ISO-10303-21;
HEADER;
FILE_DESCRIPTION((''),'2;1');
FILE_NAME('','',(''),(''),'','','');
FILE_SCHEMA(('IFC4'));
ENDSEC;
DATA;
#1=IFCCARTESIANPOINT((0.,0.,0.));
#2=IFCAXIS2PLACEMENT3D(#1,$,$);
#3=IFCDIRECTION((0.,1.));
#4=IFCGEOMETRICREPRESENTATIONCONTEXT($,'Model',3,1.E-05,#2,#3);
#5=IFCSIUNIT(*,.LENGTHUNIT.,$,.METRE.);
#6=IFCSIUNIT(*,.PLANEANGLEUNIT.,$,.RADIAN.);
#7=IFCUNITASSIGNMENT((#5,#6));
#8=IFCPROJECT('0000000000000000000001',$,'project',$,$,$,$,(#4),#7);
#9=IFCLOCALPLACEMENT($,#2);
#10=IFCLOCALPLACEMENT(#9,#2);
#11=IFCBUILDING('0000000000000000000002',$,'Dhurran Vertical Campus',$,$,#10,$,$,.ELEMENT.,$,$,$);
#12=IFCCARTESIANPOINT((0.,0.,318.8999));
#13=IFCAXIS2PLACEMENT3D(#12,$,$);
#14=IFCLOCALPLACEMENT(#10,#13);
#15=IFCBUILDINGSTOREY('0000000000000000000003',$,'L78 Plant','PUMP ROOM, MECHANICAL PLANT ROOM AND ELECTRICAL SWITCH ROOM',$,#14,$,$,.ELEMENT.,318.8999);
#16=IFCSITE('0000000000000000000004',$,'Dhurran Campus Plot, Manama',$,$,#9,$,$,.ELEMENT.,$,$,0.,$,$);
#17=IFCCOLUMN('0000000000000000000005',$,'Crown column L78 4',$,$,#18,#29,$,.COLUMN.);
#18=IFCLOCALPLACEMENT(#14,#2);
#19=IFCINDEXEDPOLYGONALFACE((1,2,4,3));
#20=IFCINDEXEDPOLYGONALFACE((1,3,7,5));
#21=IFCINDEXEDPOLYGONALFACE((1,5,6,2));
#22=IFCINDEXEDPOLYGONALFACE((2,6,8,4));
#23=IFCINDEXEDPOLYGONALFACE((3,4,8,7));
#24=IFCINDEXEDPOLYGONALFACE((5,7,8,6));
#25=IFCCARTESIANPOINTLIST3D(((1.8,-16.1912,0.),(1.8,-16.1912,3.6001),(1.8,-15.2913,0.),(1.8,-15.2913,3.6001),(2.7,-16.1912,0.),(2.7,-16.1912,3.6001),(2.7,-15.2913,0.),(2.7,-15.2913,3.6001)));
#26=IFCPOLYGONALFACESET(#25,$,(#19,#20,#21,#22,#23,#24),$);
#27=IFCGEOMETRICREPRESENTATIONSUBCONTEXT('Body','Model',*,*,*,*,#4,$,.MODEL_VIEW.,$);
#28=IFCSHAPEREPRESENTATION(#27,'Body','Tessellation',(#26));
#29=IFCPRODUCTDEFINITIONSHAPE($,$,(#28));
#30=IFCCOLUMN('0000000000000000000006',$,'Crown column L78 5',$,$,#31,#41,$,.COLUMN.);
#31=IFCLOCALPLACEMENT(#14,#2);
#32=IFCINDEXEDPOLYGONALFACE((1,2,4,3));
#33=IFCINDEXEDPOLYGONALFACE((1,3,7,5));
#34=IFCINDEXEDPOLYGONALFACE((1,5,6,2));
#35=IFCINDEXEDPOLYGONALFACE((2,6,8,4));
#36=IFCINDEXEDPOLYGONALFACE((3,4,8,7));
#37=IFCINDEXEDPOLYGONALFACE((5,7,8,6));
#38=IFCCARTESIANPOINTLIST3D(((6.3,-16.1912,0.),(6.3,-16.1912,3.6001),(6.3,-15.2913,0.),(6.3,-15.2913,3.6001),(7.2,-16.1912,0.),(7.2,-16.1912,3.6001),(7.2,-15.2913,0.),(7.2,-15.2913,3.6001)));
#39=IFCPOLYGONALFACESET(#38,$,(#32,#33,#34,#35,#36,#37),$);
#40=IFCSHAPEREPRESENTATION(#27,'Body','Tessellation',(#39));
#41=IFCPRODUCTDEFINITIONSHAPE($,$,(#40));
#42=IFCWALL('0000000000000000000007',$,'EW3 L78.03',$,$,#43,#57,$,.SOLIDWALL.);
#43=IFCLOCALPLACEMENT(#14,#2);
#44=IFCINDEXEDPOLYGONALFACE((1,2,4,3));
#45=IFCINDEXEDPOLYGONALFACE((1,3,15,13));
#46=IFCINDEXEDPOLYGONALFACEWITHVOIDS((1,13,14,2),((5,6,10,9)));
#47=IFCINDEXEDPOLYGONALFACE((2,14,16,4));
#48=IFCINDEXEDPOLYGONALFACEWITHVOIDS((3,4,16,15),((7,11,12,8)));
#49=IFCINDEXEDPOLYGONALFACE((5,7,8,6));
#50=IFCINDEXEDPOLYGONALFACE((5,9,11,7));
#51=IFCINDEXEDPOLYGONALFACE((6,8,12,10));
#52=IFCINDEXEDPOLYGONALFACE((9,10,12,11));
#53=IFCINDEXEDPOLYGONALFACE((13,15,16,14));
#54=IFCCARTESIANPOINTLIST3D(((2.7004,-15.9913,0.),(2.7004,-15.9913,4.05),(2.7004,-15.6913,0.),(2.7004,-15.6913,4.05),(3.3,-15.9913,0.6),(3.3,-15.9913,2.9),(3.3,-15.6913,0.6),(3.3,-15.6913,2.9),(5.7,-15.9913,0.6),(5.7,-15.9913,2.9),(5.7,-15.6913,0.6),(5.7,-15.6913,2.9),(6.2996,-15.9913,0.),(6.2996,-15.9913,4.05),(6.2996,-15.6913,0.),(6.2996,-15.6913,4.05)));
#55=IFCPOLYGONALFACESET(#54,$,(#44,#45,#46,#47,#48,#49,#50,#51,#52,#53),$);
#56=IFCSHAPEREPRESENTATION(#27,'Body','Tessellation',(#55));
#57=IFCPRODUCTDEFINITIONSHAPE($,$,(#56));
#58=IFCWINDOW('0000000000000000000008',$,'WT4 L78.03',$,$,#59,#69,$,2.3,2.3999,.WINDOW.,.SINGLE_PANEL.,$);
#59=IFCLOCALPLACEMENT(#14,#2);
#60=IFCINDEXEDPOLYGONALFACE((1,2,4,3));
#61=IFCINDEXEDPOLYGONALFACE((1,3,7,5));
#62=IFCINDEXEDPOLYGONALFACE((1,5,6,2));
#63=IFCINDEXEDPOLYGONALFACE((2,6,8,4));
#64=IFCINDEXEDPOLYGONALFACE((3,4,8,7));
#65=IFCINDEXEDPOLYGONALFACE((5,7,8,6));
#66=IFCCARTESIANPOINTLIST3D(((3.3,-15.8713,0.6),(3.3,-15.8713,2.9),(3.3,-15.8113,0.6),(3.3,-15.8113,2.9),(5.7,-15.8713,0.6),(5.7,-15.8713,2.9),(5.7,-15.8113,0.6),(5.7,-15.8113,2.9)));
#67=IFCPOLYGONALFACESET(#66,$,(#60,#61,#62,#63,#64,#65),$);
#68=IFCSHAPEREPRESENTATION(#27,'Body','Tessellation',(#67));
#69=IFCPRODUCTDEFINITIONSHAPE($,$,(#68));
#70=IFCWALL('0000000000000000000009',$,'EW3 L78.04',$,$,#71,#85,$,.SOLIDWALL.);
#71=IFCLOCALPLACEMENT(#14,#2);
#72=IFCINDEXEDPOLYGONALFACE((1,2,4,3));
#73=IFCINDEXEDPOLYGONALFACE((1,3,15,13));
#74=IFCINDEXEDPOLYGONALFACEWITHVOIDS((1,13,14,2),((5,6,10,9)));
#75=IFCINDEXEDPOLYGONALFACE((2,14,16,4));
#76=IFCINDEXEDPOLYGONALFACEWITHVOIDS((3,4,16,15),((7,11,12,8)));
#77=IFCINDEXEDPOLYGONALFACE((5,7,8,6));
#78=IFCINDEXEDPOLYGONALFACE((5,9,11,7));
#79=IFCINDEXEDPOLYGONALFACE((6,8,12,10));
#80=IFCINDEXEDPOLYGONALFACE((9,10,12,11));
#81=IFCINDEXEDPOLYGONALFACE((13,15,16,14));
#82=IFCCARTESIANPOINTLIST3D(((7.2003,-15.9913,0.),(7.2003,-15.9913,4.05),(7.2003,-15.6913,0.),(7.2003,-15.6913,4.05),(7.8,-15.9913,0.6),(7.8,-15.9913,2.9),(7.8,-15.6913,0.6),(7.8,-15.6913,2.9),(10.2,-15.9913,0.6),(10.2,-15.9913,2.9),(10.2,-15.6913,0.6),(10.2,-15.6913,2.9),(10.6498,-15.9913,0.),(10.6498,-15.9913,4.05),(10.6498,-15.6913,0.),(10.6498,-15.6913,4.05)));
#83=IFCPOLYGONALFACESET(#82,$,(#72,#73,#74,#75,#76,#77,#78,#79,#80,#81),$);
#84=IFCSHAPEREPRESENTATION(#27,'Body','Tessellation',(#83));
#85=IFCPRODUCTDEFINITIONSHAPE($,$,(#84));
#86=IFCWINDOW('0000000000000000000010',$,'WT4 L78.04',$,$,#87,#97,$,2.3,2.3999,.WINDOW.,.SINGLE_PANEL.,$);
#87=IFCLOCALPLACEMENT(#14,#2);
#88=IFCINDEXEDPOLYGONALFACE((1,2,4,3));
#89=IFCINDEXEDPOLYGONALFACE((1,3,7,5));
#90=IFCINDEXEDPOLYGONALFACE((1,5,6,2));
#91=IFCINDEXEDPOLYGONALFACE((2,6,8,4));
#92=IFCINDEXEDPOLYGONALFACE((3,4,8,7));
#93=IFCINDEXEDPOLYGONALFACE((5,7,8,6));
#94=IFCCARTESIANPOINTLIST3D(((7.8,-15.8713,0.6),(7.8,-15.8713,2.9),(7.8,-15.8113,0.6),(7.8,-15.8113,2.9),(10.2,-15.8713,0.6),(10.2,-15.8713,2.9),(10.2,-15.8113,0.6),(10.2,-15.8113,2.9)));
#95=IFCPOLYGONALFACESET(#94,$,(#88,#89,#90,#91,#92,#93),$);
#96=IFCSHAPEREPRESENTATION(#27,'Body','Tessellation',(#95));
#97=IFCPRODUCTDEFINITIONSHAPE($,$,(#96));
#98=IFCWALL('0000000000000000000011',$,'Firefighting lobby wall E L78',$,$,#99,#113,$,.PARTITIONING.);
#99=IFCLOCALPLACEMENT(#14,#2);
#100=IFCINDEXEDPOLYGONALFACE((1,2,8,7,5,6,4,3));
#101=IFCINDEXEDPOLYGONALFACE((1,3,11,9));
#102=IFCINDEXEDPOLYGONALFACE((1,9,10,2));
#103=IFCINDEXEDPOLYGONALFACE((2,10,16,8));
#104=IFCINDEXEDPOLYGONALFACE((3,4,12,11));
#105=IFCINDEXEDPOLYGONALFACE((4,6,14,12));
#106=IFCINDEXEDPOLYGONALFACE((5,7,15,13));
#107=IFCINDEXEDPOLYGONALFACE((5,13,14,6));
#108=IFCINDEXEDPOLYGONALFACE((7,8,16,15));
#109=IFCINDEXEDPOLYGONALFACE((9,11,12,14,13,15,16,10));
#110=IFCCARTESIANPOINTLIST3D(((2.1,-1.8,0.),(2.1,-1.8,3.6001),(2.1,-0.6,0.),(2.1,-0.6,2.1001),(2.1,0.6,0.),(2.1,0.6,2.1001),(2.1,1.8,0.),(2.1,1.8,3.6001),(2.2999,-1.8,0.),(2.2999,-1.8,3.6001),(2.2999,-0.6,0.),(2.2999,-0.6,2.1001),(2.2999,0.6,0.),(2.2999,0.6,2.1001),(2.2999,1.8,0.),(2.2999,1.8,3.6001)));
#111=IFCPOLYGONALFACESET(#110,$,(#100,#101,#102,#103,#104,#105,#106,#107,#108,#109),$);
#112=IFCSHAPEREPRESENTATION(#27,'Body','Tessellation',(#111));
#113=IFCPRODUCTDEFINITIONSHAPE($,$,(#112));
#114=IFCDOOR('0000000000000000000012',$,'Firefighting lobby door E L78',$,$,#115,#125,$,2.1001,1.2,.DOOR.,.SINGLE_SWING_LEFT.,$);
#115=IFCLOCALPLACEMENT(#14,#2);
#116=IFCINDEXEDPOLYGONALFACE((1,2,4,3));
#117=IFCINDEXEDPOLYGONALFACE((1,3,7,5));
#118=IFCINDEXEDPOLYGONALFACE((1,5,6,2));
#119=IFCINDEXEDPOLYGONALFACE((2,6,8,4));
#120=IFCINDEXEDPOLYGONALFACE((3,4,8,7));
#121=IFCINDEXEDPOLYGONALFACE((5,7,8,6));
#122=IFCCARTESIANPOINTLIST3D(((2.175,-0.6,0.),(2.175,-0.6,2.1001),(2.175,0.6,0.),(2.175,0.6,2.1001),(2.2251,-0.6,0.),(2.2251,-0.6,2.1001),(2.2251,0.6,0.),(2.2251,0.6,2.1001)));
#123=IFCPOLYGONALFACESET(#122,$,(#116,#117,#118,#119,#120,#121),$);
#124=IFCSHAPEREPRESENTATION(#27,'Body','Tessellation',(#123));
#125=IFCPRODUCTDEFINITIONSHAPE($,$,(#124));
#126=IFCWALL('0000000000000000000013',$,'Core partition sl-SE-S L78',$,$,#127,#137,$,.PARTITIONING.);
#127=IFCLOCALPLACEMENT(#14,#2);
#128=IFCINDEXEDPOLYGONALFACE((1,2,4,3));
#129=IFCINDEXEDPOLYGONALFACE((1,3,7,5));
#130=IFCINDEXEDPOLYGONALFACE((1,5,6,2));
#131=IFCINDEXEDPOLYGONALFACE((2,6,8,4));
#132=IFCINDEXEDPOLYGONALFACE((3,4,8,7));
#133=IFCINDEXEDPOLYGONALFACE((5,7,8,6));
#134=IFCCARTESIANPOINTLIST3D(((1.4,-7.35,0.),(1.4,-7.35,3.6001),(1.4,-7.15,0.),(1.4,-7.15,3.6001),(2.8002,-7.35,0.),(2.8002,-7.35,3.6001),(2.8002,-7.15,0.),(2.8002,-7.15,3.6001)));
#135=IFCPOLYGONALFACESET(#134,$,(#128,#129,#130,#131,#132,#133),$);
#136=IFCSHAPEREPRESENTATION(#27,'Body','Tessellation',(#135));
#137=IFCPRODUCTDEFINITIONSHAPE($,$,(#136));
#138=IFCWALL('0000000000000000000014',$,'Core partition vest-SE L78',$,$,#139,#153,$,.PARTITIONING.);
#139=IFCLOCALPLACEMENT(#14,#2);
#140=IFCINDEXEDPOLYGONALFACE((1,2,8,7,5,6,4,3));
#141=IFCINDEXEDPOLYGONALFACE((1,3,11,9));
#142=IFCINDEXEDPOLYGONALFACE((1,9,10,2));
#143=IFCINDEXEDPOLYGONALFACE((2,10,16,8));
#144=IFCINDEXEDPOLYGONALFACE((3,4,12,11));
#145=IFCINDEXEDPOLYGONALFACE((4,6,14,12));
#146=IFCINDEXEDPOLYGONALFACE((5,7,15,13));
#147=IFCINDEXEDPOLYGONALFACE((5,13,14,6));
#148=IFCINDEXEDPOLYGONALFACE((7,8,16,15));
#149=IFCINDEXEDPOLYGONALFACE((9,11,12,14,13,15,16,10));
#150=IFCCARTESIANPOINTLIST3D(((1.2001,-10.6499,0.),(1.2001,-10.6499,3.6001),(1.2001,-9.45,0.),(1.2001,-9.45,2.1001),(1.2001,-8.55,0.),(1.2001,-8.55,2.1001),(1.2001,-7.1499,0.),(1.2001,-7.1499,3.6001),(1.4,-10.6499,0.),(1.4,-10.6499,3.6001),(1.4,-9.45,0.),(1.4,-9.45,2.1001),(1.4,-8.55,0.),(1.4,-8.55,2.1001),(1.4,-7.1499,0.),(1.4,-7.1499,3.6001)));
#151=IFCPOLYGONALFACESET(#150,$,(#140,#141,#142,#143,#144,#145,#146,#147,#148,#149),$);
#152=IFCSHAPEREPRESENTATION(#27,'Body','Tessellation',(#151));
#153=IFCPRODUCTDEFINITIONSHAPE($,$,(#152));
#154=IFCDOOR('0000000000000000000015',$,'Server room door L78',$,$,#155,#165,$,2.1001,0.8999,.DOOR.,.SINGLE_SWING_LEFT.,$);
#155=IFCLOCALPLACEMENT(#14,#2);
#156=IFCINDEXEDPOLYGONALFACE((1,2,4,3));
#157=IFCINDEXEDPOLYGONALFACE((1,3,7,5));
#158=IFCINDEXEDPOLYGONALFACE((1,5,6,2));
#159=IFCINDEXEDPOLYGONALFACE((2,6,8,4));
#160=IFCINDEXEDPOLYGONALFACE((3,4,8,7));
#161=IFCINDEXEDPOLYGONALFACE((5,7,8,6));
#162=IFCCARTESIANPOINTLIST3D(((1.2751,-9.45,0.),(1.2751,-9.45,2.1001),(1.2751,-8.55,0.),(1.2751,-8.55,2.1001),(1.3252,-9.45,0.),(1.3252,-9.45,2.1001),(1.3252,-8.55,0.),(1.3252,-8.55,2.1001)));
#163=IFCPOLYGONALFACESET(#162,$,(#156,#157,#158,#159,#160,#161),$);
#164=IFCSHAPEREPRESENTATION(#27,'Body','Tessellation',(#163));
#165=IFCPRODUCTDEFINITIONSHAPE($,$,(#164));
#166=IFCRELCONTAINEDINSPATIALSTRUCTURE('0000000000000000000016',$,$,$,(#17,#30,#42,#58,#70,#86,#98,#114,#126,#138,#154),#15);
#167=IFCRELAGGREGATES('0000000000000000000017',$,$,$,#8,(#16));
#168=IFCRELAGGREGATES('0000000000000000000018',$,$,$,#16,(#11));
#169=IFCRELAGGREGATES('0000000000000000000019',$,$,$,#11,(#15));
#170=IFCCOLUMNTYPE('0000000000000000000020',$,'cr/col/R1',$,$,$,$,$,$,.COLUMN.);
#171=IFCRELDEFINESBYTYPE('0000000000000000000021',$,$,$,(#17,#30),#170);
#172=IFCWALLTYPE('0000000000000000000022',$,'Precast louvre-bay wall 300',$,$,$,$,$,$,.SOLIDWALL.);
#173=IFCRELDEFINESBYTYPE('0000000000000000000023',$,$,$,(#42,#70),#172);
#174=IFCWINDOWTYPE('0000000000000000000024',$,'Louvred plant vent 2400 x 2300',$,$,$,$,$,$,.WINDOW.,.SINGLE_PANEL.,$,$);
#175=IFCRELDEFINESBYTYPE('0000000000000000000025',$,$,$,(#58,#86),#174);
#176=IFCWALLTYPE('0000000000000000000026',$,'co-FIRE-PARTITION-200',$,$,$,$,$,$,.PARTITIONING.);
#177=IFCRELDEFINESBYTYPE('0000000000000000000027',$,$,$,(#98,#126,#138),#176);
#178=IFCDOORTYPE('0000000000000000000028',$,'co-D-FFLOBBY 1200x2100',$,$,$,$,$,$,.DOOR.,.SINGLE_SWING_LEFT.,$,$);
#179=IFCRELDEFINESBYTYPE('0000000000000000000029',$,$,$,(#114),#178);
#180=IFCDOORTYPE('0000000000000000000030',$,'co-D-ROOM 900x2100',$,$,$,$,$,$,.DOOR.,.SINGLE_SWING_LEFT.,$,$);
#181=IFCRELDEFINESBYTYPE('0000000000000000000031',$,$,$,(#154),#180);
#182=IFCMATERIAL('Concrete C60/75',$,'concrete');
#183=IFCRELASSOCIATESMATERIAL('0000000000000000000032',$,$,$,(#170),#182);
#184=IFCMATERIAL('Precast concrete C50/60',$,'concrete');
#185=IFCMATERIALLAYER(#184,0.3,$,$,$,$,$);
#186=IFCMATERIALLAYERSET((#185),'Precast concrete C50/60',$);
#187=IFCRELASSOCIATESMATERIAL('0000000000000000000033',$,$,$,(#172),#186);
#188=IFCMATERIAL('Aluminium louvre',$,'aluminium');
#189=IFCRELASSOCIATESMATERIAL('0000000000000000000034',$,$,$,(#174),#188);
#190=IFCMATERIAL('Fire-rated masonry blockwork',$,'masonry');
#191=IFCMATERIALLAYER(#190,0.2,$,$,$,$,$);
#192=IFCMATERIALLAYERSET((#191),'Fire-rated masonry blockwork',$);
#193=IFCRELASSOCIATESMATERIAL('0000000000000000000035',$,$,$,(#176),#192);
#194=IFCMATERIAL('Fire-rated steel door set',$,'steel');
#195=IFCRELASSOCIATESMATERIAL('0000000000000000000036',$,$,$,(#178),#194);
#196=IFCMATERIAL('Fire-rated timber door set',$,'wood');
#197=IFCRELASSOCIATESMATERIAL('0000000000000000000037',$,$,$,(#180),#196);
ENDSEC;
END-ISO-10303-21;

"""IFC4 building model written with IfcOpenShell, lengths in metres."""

from ifc_helpers import new_model, si_unit, direction, frame, frame_2d, origin, origin_2d, place, context, subcontext, project, spatial, rectangle, extrude, material, layer, layer_set, material_profile, profile_set, type_object, element, fill, save


model = new_model("IFC4")

# Units and contexts
model_context = context("Model", 3, precision=1e-05, world=origin(), true_north=direction((0.0, 1.0)))
body_context = subcontext(model_context, "Body", "Model", "MODEL_VIEW")
ifc_project = project(units=[si_unit("LENGTHUNIT", "METRE"), si_unit("PLANEANGLEUNIT", "RADIAN")], contexts=[model_context])

# Site, building, storey
site_placement = place(None, origin())
site = spatial("IfcSite", under=ifc_project, at=site_placement, Name="Dhurran Campus Plot, Manama", CompositionType="ELEMENT", RefElevation=0.0)
building_placement = place(site_placement, origin())
building = spatial("IfcBuilding", under=site, at=building_placement, Name="Dhurran Vertical Campus", CompositionType="ELEMENT")
storey_placement = place(building_placement, frame((0.0, 0.0, 318.8999)))
storey = spatial("IfcBuildingStorey", under=building, at=storey_placement, Name="L78 Plant", Description="PUMP ROOM, MECHANICAL PLANT ROOM AND ELECTRICAL SWITCH ROOM", CompositionType="ELEMENT", Elevation=318.8999)

# Columns
ifc_material_1 = material(Name="Concrete C60/75", Category="concrete")
ifc_material_profile = material_profile(ifc_material_1, rectangle(XDim=0.8999, YDim=0.8999, at=origin_2d()), Name="cr/col/R1")
ifc_profile_set = profile_set([ifc_material_profile], Name="Concrete C60/75")
column_type = type_object("IfcColumnType", Name="cr/col/R1", PredefinedType="COLUMN", material=ifc_profile_set)
for number, where, z_axis, x_axis, name in (
    (1, (2.25, -15.7412, 0.0), (0.0, 0.0, 1.0), (1.0, 0.0, 0.0), "Crown column L78 4"),
    (2, (6.75, -15.7412, 0.0), (0.0, 0.0, 1.0), (1.0, 0.0, 0.0), "Crown column L78 5"),
):
    element("IfcColumn", number, at=place(storey_placement, frame(where, z_axis=z_axis, x_axis=x_axis)), inside=storey, type_object=column_type, Name=name, PredefinedType="COLUMN", context=body_context, shape_type="SweptSolid", body=[
        extrude(rectangle(XDim=0.8999, YDim=0.8999, at=origin_2d()), origin(), (0.0, 0.0, 1.0), 3.6001),
    ])

# Walls, openings, windows
ifc_material_2 = material(Name="Precast concrete C50/60", Category="concrete")
ifc_layer_1 = layer(ifc_material_2, 0.3)
ifc_layer_set_1 = layer_set([ifc_layer_1], Name="Precast concrete C50/60")
wall_type_1 = type_object("IfcWallType", Name="Precast louvre-bay wall 300", PredefinedType="SOLIDWALL", material=ifc_layer_set_1)
wall_1_placement = place(storey_placement, frame((2.7004, -15.8413, 0.0), z_axis=(0.0, 0.0, 1.0), x_axis=(1.0, 0.0, 0.0)))
wall_1 = element("IfcWall", 3, at=wall_1_placement, inside=storey, type_object=wall_type_1, Name="EW3 L78.03", PredefinedType="SOLIDWALL", context=body_context, shape_type="SweptSolid", body=[
    extrude(rectangle(XDim=3.5991, YDim=0.3, at=frame_2d((1.7996, 0.0))), origin(), (0.0, 0.0, 1.0), 4.05),
])
opening_1_placement = place(wall_1_placement, frame((0.5996, 0.0, 0.6001)))
opening_1 = element("IfcOpeningElement", 4, at=opening_1_placement, cuts=wall_1, PredefinedType="OPENING", context=body_context, shape_type="SweptSolid", body=[
    extrude(rectangle(XDim=2.3999, YDim=2.3, at=frame_2d((1.2, 1.1499))), frame((0.0, 0.1599, 0.0), z_axis=(0.0, -1.0, 0.0), x_axis=(1.0, 0.0, 0.0)), (0.0, 0.0, 1.0), 0.3201),
])
ifc_material_3 = material(Name="Aluminium louvre", Category="aluminium")
window_type = type_object("IfcWindowType", Name="Louvred plant vent 2400 x 2300", PartitioningType="SINGLE_PANEL", PredefinedType="WINDOW", material=ifc_material_3)
window_1_placement = place(opening_1_placement, origin())
window_1 = element("IfcWindow", 5, at=window_1_placement, inside=storey, type_object=window_type, Name="WT4 L78.03", OverallHeight=2.3, OverallWidth=2.3999, PartitioningType="SINGLE_PANEL", PredefinedType="WINDOW", context=body_context, shape_type="SweptSolid", body=[
    extrude(rectangle(XDim=2.3999, YDim=2.3, at=frame_2d((1.2, 1.1499))), frame((0.0, 0.03, 0.0), z_axis=(0.0, -1.0, 0.0), x_axis=(1.0, 0.0, 0.0)), (0.0, 0.0, 1.0), 0.0601),
])
fill(opening_1, window_1)
wall_2_placement = place(storey_placement, frame((7.2004, -15.8413, 0.0), z_axis=(0.0, 0.0, 1.0), x_axis=(1.0, 0.0, 0.0)))
wall_2 = element("IfcWall", 6, at=wall_2_placement, inside=storey, type_object=wall_type_1, Name="EW3 L78.04", PredefinedType="SOLIDWALL", context=body_context, shape_type="SweptSolid", body=[
    extrude(rectangle(XDim=3.4495, YDim=0.3, at=frame_2d((1.7246, 0.0))), origin(), (0.0, 0.0, 1.0), 4.05),
])
opening_2_placement = place(wall_2_placement, frame((0.5996, 0.0, 0.6001)))
opening_2 = element("IfcOpeningElement", 7, at=opening_2_placement, cuts=wall_2, PredefinedType="OPENING", context=body_context, shape_type="SweptSolid", body=[
    extrude(rectangle(XDim=2.3999, YDim=2.3, at=frame_2d((1.2, 1.1499))), frame((0.0, 0.1599, 0.0), z_axis=(0.0, -1.0, 0.0), x_axis=(1.0, 0.0, 0.0)), (0.0, 0.0, 1.0), 0.3201),
])
window_2_placement = place(opening_2_placement, origin())
window_2 = element("IfcWindow", 8, at=window_2_placement, inside=storey, type_object=window_type, Name="WT4 L78.04", OverallHeight=2.3, OverallWidth=2.3999, PartitioningType="SINGLE_PANEL", PredefinedType="WINDOW", context=body_context, shape_type="SweptSolid", body=[
    extrude(rectangle(XDim=2.3999, YDim=2.3, at=frame_2d((1.2, 1.1499))), frame((0.0, 0.03, 0.0), z_axis=(0.0, -1.0, 0.0), x_axis=(1.0, 0.0, 0.0)), (0.0, 0.0, 1.0), 0.0601),
])
fill(opening_2, window_2)

# Wall, opening, door
ifc_material_4 = material(Name="Fire-rated masonry blockwork", Category="masonry")
ifc_layer_2 = layer(ifc_material_4, 0.2)
ifc_layer_set_2 = layer_set([ifc_layer_2], Name="Fire-rated masonry blockwork")
wall_type_2 = type_object("IfcWallType", Name="co-FIRE-PARTITION-200", PredefinedType="PARTITIONING", material=ifc_layer_set_2)
wall_3_placement = place(storey_placement, frame((2.2, -1.8, 0.0), z_axis=(0.0, 0.0, 1.0), x_axis=(0.0, 1.0, 0.0)))
wall_3 = element("IfcWall", 9, at=wall_3_placement, inside=storey, type_object=wall_type_2, Name="Firefighting lobby wall E L78", PredefinedType="PARTITIONING", context=body_context, shape_type="SweptSolid", body=[
    extrude(rectangle(XDim=3.6001, YDim=0.2, at=frame_2d((1.8, 0.0))), origin(), (0.0, 0.0, 1.0), 3.6001),
])
opening_3_placement = place(wall_3_placement, frame((1.2, 0.0, 0.0)))
opening_3 = element("IfcOpeningElement", 10, at=opening_3_placement, cuts=wall_3, PredefinedType="OPENING", context=body_context, shape_type="SweptSolid", body=[
    extrude(rectangle(XDim=1.2, YDim=2.1001, at=frame_2d((0.6001, 1.05))), frame((0.0, 0.1099, 0.0), z_axis=(0.0, -1.0, 0.0), x_axis=(1.0, 0.0, 0.0)), (0.0, 0.0, 1.0), 0.22),
])
ifc_material_5 = material(Name="Fire-rated steel door set", Category="steel")
door_type_1 = type_object("IfcDoorType", Name="co-D-FFLOBBY 1200x2100", OperationType="SINGLE_SWING_LEFT", PredefinedType="DOOR", material=ifc_material_5)
door_1_placement = place(opening_3_placement, origin())
door_1 = element("IfcDoor", 11, at=door_1_placement, inside=storey, type_object=door_type_1, Name="Firefighting lobby door E L78", OperationType="SINGLE_SWING_LEFT", OverallHeight=2.1001, OverallWidth=1.2, PredefinedType="DOOR", context=body_context, shape_type="SweptSolid", body=[
    extrude(rectangle(XDim=1.2, YDim=2.1001, at=frame_2d((0.6001, 1.05))), frame((0.0, 0.0249, 0.0), z_axis=(0.0, -1.0, 0.0), x_axis=(1.0, 0.0, 0.0)), (0.0, 0.0, 1.0), 0.05),
])
fill(opening_3, door_1)

# Wall
wall_4_placement = place(storey_placement, frame((1.3999, -7.25, 0.0), z_axis=(0.0, 0.0, 1.0), x_axis=(1.0, 0.0, 0.0)))
element("IfcWall", 12, at=wall_4_placement, inside=storey, type_object=wall_type_2, Name="Core partition sl-SE-S L78", PredefinedType="PARTITIONING", context=body_context, shape_type="SweptSolid", body=[
    extrude(rectangle(XDim=1.4001, YDim=0.2, at=frame_2d((0.7002, 0.0))), origin(), (0.0, 0.0, 1.0), 3.6001),
])

# Wall, opening, door
wall_5_placement = place(storey_placement, frame((1.3, -10.6499, 0.0), z_axis=(0.0, 0.0, 1.0), x_axis=(0.0, 1.0, 0.0)))
wall_5 = element("IfcWall", 13, at=wall_5_placement, inside=storey, type_object=wall_type_2, Name="Core partition vest-SE L78", PredefinedType="PARTITIONING", context=body_context, shape_type="SweptSolid", body=[
    extrude(rectangle(XDim=3.5, YDim=0.2, at=frame_2d((1.75, 0.0))), origin(), (0.0, 0.0, 1.0), 3.6001),
])
opening_4_placement = place(wall_5_placement, frame((1.2, 0.0, 0.0)))
opening_4 = element("IfcOpeningElement", 14, at=opening_4_placement, cuts=wall_5, PredefinedType="OPENING", context=body_context, shape_type="SweptSolid", body=[
    extrude(rectangle(XDim=0.8999, YDim=2.1001, at=frame_2d((0.45, 1.05))), frame((0.0, 0.1099, 0.0), z_axis=(0.0, -1.0, 0.0), x_axis=(1.0, 0.0, 0.0)), (0.0, 0.0, 1.0), 0.22),
])
ifc_material_6 = material(Name="Fire-rated timber door set", Category="wood")
door_type_2 = type_object("IfcDoorType", Name="co-D-ROOM 900x2100", OperationType="SINGLE_SWING_LEFT", PredefinedType="DOOR", material=ifc_material_6)
door_2_placement = place(opening_4_placement, origin())
door_2 = element("IfcDoor", 15, at=door_2_placement, inside=storey, type_object=door_type_2, Name="Server room door L78", OperationType="SINGLE_SWING_LEFT", OverallHeight=2.1001, OverallWidth=0.8999, PredefinedType="DOOR", context=body_context, shape_type="SweptSolid", body=[
    extrude(rectangle(XDim=0.8999, YDim=2.1001, at=frame_2d((0.45, 1.05))), frame((0.0, 0.0249, 0.0), z_axis=(0.0, -1.0, 0.0), x_axis=(1.0, 0.0, 0.0)), (0.0, 0.0, 1.0), 0.05),
])
fill(opening_4, door_2)

save(model, "model.ifc")
